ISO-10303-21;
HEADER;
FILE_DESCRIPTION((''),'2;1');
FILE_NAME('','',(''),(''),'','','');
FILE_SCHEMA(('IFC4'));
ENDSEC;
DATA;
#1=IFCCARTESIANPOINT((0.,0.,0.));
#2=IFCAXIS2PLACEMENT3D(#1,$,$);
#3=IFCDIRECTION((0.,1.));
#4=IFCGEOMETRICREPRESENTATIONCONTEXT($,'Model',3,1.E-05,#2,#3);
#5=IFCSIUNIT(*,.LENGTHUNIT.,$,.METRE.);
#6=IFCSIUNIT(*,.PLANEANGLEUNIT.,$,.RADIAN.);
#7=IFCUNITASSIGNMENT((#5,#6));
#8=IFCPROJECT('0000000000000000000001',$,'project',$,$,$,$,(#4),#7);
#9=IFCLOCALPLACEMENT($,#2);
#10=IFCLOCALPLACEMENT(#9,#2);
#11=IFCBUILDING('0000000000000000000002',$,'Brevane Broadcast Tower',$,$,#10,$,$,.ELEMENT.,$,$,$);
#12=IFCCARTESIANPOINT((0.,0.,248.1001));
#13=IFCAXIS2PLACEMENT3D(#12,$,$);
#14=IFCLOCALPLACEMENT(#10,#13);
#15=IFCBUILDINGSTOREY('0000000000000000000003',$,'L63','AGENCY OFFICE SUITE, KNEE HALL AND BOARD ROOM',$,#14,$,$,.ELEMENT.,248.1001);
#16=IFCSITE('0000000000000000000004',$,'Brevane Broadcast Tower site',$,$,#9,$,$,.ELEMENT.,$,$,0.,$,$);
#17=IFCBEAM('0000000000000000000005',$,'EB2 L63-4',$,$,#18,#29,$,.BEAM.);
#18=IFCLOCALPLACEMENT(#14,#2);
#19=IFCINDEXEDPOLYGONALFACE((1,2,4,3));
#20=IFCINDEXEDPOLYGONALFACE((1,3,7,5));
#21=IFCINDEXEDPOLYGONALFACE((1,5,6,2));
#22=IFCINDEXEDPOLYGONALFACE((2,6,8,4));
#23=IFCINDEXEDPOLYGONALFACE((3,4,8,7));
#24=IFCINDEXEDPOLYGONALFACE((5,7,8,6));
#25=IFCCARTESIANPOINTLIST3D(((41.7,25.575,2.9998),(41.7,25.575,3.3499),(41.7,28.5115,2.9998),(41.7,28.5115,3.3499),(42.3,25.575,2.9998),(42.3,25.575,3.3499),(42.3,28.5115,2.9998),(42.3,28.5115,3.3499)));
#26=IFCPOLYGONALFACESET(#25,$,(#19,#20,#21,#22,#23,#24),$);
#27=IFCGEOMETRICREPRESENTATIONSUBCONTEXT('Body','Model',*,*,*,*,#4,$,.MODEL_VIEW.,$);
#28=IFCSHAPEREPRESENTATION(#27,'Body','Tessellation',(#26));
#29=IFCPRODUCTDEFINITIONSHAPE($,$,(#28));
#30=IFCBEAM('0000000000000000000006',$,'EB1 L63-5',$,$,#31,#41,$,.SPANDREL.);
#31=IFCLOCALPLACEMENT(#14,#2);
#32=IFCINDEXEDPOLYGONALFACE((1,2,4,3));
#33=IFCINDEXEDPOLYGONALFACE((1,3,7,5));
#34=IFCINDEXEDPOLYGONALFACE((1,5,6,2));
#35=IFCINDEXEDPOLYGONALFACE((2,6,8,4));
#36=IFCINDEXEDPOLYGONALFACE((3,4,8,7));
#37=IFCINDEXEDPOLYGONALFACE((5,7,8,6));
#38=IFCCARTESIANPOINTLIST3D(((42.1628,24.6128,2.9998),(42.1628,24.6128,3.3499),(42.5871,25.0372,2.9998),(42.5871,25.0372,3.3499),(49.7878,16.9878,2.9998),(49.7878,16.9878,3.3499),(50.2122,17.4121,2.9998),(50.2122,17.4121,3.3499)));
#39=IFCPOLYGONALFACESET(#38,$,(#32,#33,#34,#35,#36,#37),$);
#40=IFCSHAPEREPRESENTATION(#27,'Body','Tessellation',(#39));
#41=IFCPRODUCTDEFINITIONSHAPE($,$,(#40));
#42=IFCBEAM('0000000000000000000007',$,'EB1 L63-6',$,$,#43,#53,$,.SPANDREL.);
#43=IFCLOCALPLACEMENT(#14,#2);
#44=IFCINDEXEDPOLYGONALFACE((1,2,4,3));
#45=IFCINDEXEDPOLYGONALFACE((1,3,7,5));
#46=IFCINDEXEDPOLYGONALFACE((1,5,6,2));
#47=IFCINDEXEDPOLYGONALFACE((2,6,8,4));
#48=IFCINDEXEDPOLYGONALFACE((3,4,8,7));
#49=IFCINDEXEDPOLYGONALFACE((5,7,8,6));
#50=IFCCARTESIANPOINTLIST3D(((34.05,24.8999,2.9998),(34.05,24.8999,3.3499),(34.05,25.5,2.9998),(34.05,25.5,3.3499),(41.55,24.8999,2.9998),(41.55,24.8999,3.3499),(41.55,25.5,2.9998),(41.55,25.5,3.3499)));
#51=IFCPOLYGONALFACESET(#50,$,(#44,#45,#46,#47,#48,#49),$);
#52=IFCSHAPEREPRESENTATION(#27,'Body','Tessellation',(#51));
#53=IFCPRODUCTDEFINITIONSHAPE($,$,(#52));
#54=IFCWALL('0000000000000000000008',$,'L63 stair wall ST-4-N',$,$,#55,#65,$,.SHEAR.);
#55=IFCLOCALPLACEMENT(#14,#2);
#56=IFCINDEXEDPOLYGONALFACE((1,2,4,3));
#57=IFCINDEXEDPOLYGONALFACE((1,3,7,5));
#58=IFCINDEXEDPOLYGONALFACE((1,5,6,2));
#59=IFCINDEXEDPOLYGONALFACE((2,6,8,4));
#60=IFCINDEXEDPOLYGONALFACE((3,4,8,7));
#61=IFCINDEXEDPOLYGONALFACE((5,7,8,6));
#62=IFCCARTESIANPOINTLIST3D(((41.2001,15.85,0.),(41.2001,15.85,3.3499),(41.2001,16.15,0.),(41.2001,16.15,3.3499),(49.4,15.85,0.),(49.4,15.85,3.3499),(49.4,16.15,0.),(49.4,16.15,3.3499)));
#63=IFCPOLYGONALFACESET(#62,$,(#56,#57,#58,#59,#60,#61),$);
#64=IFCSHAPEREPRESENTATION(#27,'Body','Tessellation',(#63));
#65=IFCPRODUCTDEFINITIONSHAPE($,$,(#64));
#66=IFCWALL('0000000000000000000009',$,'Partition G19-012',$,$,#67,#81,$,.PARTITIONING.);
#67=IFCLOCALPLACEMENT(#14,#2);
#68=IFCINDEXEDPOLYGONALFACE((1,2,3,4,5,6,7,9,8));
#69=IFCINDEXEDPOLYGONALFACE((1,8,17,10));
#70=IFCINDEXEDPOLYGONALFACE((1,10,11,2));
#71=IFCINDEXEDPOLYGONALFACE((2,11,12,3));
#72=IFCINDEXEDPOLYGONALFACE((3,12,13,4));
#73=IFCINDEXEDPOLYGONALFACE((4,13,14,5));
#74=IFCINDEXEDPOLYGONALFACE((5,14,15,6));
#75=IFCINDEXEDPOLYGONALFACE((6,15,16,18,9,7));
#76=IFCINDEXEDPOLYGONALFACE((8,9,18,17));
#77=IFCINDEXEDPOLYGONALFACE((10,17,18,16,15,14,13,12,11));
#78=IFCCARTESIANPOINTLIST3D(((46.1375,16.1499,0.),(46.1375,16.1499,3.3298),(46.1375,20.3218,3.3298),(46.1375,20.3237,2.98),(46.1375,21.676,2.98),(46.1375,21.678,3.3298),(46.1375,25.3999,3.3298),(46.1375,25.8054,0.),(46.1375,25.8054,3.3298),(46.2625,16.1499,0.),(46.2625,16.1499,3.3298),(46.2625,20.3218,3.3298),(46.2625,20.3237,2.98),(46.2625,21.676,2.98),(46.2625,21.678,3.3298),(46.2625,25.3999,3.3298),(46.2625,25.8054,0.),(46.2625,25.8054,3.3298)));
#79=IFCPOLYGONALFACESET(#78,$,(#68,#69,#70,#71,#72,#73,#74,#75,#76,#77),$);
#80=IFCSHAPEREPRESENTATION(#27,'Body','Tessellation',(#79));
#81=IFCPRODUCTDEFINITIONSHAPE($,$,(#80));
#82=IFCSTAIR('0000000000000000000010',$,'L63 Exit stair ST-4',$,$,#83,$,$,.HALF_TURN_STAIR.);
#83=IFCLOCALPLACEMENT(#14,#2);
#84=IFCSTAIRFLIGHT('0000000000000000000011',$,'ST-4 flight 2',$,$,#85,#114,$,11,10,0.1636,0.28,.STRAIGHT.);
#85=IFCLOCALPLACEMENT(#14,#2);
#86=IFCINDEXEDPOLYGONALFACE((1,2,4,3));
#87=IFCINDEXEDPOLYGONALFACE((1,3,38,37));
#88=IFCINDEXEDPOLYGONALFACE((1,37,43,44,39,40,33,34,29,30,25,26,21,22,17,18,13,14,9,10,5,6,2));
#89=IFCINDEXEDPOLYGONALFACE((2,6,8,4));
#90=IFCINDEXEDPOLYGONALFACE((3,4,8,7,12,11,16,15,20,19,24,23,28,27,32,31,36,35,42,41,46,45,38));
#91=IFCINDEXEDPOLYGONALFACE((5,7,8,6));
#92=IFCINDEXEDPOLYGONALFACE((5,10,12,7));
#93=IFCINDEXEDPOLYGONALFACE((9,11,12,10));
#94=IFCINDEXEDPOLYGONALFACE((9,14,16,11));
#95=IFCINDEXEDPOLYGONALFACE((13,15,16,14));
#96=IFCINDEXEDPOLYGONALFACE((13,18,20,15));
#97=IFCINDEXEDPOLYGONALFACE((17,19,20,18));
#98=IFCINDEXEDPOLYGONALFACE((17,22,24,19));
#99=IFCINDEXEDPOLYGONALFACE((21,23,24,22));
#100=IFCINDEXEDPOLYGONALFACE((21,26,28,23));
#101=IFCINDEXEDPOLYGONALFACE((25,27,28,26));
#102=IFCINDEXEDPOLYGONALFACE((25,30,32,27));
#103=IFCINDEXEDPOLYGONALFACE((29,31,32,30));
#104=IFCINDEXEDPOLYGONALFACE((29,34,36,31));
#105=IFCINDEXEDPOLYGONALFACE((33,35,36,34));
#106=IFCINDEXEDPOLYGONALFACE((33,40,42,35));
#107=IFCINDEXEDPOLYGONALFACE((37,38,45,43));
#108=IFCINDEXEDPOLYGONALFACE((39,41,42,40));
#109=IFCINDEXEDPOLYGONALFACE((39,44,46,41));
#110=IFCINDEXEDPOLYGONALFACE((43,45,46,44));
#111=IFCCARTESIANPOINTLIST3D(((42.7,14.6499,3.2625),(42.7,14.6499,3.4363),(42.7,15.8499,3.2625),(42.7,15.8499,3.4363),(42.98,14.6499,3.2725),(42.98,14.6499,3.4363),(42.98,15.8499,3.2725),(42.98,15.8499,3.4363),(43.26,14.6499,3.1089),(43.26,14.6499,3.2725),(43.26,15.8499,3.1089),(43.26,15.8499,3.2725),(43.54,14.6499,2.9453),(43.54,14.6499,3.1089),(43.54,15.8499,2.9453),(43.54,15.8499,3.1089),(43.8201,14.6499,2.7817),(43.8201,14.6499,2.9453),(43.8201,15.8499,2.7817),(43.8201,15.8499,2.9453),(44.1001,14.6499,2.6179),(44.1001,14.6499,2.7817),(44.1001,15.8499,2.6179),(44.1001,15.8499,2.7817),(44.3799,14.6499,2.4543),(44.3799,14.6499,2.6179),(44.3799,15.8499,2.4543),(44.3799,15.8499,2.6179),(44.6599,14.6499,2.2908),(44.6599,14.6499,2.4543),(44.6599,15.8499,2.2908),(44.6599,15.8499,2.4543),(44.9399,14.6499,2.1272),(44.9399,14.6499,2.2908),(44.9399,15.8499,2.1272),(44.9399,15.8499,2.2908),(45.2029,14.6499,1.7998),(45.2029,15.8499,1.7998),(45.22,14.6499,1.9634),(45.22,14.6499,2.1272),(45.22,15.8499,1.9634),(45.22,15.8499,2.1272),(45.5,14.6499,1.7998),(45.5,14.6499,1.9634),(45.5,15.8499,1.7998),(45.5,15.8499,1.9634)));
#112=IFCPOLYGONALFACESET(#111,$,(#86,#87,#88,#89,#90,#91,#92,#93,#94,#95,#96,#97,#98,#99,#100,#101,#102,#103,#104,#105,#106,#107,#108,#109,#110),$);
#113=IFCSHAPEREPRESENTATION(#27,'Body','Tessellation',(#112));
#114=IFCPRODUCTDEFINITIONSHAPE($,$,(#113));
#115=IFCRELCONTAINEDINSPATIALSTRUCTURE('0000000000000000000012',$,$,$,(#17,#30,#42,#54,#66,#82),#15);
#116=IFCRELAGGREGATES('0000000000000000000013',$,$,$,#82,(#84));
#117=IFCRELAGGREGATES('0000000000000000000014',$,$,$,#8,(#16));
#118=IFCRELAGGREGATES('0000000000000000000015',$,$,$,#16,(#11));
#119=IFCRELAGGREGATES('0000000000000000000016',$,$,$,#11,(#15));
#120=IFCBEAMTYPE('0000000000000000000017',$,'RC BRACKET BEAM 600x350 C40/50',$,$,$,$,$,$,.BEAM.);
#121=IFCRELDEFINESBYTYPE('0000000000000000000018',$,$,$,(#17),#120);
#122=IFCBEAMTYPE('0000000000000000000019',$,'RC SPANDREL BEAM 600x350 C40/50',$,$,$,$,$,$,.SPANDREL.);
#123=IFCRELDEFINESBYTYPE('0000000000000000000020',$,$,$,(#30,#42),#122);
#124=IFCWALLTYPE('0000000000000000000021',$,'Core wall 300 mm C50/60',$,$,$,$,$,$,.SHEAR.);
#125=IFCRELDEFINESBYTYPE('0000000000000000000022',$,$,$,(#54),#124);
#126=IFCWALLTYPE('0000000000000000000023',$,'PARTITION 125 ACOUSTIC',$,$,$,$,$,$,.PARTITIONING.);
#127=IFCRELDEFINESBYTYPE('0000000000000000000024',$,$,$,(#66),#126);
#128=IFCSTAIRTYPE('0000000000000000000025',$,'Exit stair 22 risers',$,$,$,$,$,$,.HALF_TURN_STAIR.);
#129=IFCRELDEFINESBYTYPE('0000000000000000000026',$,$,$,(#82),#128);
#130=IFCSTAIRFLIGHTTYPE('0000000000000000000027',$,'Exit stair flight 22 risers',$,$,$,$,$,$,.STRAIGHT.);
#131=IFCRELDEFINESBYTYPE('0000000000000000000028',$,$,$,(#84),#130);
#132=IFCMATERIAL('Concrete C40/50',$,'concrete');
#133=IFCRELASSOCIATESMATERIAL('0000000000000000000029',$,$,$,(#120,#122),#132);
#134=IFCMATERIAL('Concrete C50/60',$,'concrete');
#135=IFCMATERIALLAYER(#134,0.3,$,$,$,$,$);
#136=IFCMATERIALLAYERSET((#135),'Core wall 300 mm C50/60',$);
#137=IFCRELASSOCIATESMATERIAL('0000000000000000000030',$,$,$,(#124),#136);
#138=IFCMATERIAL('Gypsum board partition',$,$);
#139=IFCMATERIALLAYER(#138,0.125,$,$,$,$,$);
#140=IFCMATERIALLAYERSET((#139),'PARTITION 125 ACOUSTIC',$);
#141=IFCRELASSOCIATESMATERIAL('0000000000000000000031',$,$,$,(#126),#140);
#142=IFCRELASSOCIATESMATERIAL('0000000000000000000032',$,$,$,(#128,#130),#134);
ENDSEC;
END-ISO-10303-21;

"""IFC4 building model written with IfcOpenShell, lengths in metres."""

from ifc_helpers import new_model, si_unit, direction, frame, frame_2d, origin, origin_2d, place, context, subcontext, project, spatial, polyline, rectangle, outline, extrude, material, layer, layer_set, material_profile, profile_set, type_object, element, aggregate, save


model = new_model("IFC4")

# Units and contexts
model_context = context("Model", 3, precision=1e-05, world=origin(), true_north=direction((0.0, 1.0)))
body_context = subcontext(model_context, "Body", "Model", "MODEL_VIEW")
ifc_project = project(units=[si_unit("LENGTHUNIT", "METRE"), si_unit("PLANEANGLEUNIT", "RADIAN")], contexts=[model_context])

# Site, building, storey
site_placement = place(None, origin())
site = spatial("IfcSite", under=ifc_project, at=site_placement, Name="Brevane Broadcast Tower site", CompositionType="ELEMENT", RefElevation=0.0)
building_placement = place(site_placement, origin())
building = spatial("IfcBuilding", under=site, at=building_placement, Name="Brevane Broadcast Tower", CompositionType="ELEMENT")
storey_placement = place(building_placement, frame((0.0, 0.0, 248.1001)))
storey = spatial("IfcBuildingStorey", under=building, at=storey_placement, Name="L63", Description="AGENCY OFFICE SUITE, KNEE HALL AND BOARD ROOM", CompositionType="ELEMENT", Elevation=248.1001)

# Shared definitions
ifc_material_1 = material(Name="Concrete C50/60", Category="concrete")

# Beams
ifc_material_2 = material(Name="Concrete C40/50", Category="concrete")
ifc_material_profile_1 = material_profile(ifc_material_2, rectangle(XDim=0.6001, YDim=0.3501, at=origin_2d()), Name="RC 600x350")
ifc_profile_set_1 = profile_set([ifc_material_profile_1], Name="Concrete C40/50")
beam_type_1 = type_object("IfcBeamType", Name="RC BRACKET BEAM 600x350 C40/50", PredefinedType="BEAM", material=ifc_profile_set_1)
beam_1_placement = place(storey_placement, frame((42.0, 25.575, 3.1748), z_axis=(0.0, 1.0, 0.0), x_axis=(-1.0, 0.0, 0.0)))
element("IfcBeam", 1, at=beam_1_placement, inside=storey, type_object=beam_type_1, Name="EB2 L63-4", PredefinedType="BEAM", context=body_context, shape_type="SweptSolid", body=[
    extrude(rectangle(XDim=0.6001, YDim=0.3501, at=origin_2d()), origin(), (0.0, 0.0, 1.0), 2.9365),
])
ifc_material_profile_2 = material_profile(ifc_material_2, rectangle(XDim=0.6001, YDim=0.3501, at=origin_2d()), Name="RC 600x350")
ifc_profile_set_2 = profile_set([ifc_material_profile_2], Name="Concrete C40/50")
beam_type_2 = type_object("IfcBeamType", Name="RC SPANDREL BEAM 600x350 C40/50", PredefinedType="SPANDREL", material=ifc_profile_set_2)
beam_2_placement = place(storey_placement, frame((50.0, 17.2, 3.1748), z_axis=(-0.707107, 0.707107, 0.0), x_axis=(-0.707107, -0.707107, 0.0)))
element("IfcBeam", 2, at=beam_2_placement, inside=storey, type_object=beam_type_2, Name="EB1 L63-5", PredefinedType="SPANDREL", context=body_context, shape_type="SweptSolid", body=[
    extrude(rectangle(XDim=0.6001, YDim=0.3501, at=origin_2d()), origin(), (0.0, 0.0, 1.0), 10.7834),
])
beam_3_placement = place(storey_placement, frame((41.55, 25.2, 3.1748), z_axis=(-1.0, 0.0, 0.0), x_axis=(0.0, -1.0, 0.0)))
element("IfcBeam", 3, at=beam_3_placement, inside=storey, type_object=beam_type_2, Name="EB1 L63-6", PredefinedType="SPANDREL", context=body_context, shape_type="SweptSolid", body=[
    extrude(rectangle(XDim=0.6001, YDim=0.3501, at=origin_2d()), origin(), (0.0, 0.0, 1.0), 7.5),
])

# Walls
ifc_layer_1 = layer(ifc_material_1, 0.3)
ifc_layer_set_1 = layer_set([ifc_layer_1], Name="Core wall 300 mm C50/60")
wall_type_1 = type_object("IfcWallType", Name="Core wall 300 mm C50/60", PredefinedType="SHEAR", material=ifc_layer_set_1)
wall_1_placement = place(storey_placement, frame((41.2, 16.0, 0.0), z_axis=(0.0, 0.0, 1.0), x_axis=(1.0, 0.0, 0.0)))
element("IfcWall", 4, at=wall_1_placement, inside=storey, type_object=wall_type_1, Name="L63 stair wall ST-4-N", PredefinedType="SHEAR", context=body_context, shape_type="SweptSolid", body=[
    extrude(rectangle(XDim=8.2, YDim=0.3, at=frame_2d((4.1001, 0.0))), origin(), (0.0, 0.0, 1.0), 3.3499),
])
ifc_material_3 = material(Name="Gypsum board partition")
ifc_layer_2 = layer(ifc_material_3, 0.125)
ifc_layer_set_2 = layer_set([ifc_layer_2], Name="PARTITION 125 ACOUSTIC")
wall_type_2 = type_object("IfcWallType", Name="PARTITION 125 ACOUSTIC", PredefinedType="PARTITIONING", material=ifc_layer_set_2)
wall_2_placement = place(storey_placement, frame((46.2, 16.1499, 0.0), z_axis=(0.0, 0.0, 1.0), x_axis=(0.0, 1.0, 0.0)))
element("IfcWall", 5, at=wall_2_placement, inside=storey, type_object=wall_type_2, Name="Partition G19-012", PredefinedType="PARTITIONING", context=body_context, shape_type="SweptSolid", body=[
    extrude(outline(polyline([(0.0, 0.0), (9.6555, 0.0), (9.6555, 3.3298), (9.25, 3.3298), (5.5281, 3.3298), (5.5261, 2.98), (4.1738, 2.98), (4.1719, 3.3298), (0.0, 3.3298), (0.0, 0.0)])), frame((0.0, 0.0625, 0.0), z_axis=(0.0, -1.0, 0.0), x_axis=(1.0, 0.0, 0.0)), (0.0, 0.0, 1.0), 0.125),
])

# Stair, stair flight
stair_type = type_object("IfcStairType", Name="Exit stair 22 risers", PredefinedType="HALF_TURN_STAIR", material=ifc_material_1)
stair_placement = place(storey_placement, origin())
stair = element("IfcStair", 6, at=stair_placement, inside=storey, type_object=stair_type, Name="L63 Exit stair ST-4", PredefinedType="HALF_TURN_STAIR")
stair_flight_type = type_object("IfcStairFlightType", Name="Exit stair flight 22 risers", PredefinedType="STRAIGHT", material=ifc_material_1)
stair_flight_placement = place(storey_placement, frame((45.5, 15.25, 1.7998), z_axis=(0.0, 0.0, 1.0), x_axis=(-1.0, 0.0, 0.0)))
stair_flight = element("IfcStairFlight", 7, at=stair_flight_placement, type_object=stair_flight_type, Name="ST-4 flight 2", NumberOfRisers=11, NumberOfTreads=10, PredefinedType="STRAIGHT", RiserHeight=0.1636, TreadLength=0.28, context=body_context, shape_type="SweptSolid", body=[
    extrude(outline(polyline([(0.0, 0.0), (0.0, 0.1636), (0.28, 0.1636), (0.28, 0.3274), (0.5601, 0.3274), (0.5601, 0.491), (0.8401, 0.491), (0.8401, 0.6545), (1.1201, 0.6545), (1.1201, 0.8181), (1.3999, 0.8181), (1.3999, 0.9819), (1.6799, 0.9819), (1.6799, 1.1455), (1.96, 1.1455), (1.96, 1.3091), (2.24, 1.3091), (2.24, 1.4727), (2.52, 1.4727), (2.52, 1.6365), (2.8, 1.6365), (2.8, 1.8), (2.8, 1.4626), (0.2971, 0.0), (0.0, 0.0)])), frame((0.0, 0.6001, 0.0), z_axis=(0.0, -1.0, 0.0), x_axis=(1.0, 0.0, 0.0)), (0.0, 0.0, 1.0), 1.2),
])
aggregate(stair, [stair_flight])

save(model, "model.ifc")
